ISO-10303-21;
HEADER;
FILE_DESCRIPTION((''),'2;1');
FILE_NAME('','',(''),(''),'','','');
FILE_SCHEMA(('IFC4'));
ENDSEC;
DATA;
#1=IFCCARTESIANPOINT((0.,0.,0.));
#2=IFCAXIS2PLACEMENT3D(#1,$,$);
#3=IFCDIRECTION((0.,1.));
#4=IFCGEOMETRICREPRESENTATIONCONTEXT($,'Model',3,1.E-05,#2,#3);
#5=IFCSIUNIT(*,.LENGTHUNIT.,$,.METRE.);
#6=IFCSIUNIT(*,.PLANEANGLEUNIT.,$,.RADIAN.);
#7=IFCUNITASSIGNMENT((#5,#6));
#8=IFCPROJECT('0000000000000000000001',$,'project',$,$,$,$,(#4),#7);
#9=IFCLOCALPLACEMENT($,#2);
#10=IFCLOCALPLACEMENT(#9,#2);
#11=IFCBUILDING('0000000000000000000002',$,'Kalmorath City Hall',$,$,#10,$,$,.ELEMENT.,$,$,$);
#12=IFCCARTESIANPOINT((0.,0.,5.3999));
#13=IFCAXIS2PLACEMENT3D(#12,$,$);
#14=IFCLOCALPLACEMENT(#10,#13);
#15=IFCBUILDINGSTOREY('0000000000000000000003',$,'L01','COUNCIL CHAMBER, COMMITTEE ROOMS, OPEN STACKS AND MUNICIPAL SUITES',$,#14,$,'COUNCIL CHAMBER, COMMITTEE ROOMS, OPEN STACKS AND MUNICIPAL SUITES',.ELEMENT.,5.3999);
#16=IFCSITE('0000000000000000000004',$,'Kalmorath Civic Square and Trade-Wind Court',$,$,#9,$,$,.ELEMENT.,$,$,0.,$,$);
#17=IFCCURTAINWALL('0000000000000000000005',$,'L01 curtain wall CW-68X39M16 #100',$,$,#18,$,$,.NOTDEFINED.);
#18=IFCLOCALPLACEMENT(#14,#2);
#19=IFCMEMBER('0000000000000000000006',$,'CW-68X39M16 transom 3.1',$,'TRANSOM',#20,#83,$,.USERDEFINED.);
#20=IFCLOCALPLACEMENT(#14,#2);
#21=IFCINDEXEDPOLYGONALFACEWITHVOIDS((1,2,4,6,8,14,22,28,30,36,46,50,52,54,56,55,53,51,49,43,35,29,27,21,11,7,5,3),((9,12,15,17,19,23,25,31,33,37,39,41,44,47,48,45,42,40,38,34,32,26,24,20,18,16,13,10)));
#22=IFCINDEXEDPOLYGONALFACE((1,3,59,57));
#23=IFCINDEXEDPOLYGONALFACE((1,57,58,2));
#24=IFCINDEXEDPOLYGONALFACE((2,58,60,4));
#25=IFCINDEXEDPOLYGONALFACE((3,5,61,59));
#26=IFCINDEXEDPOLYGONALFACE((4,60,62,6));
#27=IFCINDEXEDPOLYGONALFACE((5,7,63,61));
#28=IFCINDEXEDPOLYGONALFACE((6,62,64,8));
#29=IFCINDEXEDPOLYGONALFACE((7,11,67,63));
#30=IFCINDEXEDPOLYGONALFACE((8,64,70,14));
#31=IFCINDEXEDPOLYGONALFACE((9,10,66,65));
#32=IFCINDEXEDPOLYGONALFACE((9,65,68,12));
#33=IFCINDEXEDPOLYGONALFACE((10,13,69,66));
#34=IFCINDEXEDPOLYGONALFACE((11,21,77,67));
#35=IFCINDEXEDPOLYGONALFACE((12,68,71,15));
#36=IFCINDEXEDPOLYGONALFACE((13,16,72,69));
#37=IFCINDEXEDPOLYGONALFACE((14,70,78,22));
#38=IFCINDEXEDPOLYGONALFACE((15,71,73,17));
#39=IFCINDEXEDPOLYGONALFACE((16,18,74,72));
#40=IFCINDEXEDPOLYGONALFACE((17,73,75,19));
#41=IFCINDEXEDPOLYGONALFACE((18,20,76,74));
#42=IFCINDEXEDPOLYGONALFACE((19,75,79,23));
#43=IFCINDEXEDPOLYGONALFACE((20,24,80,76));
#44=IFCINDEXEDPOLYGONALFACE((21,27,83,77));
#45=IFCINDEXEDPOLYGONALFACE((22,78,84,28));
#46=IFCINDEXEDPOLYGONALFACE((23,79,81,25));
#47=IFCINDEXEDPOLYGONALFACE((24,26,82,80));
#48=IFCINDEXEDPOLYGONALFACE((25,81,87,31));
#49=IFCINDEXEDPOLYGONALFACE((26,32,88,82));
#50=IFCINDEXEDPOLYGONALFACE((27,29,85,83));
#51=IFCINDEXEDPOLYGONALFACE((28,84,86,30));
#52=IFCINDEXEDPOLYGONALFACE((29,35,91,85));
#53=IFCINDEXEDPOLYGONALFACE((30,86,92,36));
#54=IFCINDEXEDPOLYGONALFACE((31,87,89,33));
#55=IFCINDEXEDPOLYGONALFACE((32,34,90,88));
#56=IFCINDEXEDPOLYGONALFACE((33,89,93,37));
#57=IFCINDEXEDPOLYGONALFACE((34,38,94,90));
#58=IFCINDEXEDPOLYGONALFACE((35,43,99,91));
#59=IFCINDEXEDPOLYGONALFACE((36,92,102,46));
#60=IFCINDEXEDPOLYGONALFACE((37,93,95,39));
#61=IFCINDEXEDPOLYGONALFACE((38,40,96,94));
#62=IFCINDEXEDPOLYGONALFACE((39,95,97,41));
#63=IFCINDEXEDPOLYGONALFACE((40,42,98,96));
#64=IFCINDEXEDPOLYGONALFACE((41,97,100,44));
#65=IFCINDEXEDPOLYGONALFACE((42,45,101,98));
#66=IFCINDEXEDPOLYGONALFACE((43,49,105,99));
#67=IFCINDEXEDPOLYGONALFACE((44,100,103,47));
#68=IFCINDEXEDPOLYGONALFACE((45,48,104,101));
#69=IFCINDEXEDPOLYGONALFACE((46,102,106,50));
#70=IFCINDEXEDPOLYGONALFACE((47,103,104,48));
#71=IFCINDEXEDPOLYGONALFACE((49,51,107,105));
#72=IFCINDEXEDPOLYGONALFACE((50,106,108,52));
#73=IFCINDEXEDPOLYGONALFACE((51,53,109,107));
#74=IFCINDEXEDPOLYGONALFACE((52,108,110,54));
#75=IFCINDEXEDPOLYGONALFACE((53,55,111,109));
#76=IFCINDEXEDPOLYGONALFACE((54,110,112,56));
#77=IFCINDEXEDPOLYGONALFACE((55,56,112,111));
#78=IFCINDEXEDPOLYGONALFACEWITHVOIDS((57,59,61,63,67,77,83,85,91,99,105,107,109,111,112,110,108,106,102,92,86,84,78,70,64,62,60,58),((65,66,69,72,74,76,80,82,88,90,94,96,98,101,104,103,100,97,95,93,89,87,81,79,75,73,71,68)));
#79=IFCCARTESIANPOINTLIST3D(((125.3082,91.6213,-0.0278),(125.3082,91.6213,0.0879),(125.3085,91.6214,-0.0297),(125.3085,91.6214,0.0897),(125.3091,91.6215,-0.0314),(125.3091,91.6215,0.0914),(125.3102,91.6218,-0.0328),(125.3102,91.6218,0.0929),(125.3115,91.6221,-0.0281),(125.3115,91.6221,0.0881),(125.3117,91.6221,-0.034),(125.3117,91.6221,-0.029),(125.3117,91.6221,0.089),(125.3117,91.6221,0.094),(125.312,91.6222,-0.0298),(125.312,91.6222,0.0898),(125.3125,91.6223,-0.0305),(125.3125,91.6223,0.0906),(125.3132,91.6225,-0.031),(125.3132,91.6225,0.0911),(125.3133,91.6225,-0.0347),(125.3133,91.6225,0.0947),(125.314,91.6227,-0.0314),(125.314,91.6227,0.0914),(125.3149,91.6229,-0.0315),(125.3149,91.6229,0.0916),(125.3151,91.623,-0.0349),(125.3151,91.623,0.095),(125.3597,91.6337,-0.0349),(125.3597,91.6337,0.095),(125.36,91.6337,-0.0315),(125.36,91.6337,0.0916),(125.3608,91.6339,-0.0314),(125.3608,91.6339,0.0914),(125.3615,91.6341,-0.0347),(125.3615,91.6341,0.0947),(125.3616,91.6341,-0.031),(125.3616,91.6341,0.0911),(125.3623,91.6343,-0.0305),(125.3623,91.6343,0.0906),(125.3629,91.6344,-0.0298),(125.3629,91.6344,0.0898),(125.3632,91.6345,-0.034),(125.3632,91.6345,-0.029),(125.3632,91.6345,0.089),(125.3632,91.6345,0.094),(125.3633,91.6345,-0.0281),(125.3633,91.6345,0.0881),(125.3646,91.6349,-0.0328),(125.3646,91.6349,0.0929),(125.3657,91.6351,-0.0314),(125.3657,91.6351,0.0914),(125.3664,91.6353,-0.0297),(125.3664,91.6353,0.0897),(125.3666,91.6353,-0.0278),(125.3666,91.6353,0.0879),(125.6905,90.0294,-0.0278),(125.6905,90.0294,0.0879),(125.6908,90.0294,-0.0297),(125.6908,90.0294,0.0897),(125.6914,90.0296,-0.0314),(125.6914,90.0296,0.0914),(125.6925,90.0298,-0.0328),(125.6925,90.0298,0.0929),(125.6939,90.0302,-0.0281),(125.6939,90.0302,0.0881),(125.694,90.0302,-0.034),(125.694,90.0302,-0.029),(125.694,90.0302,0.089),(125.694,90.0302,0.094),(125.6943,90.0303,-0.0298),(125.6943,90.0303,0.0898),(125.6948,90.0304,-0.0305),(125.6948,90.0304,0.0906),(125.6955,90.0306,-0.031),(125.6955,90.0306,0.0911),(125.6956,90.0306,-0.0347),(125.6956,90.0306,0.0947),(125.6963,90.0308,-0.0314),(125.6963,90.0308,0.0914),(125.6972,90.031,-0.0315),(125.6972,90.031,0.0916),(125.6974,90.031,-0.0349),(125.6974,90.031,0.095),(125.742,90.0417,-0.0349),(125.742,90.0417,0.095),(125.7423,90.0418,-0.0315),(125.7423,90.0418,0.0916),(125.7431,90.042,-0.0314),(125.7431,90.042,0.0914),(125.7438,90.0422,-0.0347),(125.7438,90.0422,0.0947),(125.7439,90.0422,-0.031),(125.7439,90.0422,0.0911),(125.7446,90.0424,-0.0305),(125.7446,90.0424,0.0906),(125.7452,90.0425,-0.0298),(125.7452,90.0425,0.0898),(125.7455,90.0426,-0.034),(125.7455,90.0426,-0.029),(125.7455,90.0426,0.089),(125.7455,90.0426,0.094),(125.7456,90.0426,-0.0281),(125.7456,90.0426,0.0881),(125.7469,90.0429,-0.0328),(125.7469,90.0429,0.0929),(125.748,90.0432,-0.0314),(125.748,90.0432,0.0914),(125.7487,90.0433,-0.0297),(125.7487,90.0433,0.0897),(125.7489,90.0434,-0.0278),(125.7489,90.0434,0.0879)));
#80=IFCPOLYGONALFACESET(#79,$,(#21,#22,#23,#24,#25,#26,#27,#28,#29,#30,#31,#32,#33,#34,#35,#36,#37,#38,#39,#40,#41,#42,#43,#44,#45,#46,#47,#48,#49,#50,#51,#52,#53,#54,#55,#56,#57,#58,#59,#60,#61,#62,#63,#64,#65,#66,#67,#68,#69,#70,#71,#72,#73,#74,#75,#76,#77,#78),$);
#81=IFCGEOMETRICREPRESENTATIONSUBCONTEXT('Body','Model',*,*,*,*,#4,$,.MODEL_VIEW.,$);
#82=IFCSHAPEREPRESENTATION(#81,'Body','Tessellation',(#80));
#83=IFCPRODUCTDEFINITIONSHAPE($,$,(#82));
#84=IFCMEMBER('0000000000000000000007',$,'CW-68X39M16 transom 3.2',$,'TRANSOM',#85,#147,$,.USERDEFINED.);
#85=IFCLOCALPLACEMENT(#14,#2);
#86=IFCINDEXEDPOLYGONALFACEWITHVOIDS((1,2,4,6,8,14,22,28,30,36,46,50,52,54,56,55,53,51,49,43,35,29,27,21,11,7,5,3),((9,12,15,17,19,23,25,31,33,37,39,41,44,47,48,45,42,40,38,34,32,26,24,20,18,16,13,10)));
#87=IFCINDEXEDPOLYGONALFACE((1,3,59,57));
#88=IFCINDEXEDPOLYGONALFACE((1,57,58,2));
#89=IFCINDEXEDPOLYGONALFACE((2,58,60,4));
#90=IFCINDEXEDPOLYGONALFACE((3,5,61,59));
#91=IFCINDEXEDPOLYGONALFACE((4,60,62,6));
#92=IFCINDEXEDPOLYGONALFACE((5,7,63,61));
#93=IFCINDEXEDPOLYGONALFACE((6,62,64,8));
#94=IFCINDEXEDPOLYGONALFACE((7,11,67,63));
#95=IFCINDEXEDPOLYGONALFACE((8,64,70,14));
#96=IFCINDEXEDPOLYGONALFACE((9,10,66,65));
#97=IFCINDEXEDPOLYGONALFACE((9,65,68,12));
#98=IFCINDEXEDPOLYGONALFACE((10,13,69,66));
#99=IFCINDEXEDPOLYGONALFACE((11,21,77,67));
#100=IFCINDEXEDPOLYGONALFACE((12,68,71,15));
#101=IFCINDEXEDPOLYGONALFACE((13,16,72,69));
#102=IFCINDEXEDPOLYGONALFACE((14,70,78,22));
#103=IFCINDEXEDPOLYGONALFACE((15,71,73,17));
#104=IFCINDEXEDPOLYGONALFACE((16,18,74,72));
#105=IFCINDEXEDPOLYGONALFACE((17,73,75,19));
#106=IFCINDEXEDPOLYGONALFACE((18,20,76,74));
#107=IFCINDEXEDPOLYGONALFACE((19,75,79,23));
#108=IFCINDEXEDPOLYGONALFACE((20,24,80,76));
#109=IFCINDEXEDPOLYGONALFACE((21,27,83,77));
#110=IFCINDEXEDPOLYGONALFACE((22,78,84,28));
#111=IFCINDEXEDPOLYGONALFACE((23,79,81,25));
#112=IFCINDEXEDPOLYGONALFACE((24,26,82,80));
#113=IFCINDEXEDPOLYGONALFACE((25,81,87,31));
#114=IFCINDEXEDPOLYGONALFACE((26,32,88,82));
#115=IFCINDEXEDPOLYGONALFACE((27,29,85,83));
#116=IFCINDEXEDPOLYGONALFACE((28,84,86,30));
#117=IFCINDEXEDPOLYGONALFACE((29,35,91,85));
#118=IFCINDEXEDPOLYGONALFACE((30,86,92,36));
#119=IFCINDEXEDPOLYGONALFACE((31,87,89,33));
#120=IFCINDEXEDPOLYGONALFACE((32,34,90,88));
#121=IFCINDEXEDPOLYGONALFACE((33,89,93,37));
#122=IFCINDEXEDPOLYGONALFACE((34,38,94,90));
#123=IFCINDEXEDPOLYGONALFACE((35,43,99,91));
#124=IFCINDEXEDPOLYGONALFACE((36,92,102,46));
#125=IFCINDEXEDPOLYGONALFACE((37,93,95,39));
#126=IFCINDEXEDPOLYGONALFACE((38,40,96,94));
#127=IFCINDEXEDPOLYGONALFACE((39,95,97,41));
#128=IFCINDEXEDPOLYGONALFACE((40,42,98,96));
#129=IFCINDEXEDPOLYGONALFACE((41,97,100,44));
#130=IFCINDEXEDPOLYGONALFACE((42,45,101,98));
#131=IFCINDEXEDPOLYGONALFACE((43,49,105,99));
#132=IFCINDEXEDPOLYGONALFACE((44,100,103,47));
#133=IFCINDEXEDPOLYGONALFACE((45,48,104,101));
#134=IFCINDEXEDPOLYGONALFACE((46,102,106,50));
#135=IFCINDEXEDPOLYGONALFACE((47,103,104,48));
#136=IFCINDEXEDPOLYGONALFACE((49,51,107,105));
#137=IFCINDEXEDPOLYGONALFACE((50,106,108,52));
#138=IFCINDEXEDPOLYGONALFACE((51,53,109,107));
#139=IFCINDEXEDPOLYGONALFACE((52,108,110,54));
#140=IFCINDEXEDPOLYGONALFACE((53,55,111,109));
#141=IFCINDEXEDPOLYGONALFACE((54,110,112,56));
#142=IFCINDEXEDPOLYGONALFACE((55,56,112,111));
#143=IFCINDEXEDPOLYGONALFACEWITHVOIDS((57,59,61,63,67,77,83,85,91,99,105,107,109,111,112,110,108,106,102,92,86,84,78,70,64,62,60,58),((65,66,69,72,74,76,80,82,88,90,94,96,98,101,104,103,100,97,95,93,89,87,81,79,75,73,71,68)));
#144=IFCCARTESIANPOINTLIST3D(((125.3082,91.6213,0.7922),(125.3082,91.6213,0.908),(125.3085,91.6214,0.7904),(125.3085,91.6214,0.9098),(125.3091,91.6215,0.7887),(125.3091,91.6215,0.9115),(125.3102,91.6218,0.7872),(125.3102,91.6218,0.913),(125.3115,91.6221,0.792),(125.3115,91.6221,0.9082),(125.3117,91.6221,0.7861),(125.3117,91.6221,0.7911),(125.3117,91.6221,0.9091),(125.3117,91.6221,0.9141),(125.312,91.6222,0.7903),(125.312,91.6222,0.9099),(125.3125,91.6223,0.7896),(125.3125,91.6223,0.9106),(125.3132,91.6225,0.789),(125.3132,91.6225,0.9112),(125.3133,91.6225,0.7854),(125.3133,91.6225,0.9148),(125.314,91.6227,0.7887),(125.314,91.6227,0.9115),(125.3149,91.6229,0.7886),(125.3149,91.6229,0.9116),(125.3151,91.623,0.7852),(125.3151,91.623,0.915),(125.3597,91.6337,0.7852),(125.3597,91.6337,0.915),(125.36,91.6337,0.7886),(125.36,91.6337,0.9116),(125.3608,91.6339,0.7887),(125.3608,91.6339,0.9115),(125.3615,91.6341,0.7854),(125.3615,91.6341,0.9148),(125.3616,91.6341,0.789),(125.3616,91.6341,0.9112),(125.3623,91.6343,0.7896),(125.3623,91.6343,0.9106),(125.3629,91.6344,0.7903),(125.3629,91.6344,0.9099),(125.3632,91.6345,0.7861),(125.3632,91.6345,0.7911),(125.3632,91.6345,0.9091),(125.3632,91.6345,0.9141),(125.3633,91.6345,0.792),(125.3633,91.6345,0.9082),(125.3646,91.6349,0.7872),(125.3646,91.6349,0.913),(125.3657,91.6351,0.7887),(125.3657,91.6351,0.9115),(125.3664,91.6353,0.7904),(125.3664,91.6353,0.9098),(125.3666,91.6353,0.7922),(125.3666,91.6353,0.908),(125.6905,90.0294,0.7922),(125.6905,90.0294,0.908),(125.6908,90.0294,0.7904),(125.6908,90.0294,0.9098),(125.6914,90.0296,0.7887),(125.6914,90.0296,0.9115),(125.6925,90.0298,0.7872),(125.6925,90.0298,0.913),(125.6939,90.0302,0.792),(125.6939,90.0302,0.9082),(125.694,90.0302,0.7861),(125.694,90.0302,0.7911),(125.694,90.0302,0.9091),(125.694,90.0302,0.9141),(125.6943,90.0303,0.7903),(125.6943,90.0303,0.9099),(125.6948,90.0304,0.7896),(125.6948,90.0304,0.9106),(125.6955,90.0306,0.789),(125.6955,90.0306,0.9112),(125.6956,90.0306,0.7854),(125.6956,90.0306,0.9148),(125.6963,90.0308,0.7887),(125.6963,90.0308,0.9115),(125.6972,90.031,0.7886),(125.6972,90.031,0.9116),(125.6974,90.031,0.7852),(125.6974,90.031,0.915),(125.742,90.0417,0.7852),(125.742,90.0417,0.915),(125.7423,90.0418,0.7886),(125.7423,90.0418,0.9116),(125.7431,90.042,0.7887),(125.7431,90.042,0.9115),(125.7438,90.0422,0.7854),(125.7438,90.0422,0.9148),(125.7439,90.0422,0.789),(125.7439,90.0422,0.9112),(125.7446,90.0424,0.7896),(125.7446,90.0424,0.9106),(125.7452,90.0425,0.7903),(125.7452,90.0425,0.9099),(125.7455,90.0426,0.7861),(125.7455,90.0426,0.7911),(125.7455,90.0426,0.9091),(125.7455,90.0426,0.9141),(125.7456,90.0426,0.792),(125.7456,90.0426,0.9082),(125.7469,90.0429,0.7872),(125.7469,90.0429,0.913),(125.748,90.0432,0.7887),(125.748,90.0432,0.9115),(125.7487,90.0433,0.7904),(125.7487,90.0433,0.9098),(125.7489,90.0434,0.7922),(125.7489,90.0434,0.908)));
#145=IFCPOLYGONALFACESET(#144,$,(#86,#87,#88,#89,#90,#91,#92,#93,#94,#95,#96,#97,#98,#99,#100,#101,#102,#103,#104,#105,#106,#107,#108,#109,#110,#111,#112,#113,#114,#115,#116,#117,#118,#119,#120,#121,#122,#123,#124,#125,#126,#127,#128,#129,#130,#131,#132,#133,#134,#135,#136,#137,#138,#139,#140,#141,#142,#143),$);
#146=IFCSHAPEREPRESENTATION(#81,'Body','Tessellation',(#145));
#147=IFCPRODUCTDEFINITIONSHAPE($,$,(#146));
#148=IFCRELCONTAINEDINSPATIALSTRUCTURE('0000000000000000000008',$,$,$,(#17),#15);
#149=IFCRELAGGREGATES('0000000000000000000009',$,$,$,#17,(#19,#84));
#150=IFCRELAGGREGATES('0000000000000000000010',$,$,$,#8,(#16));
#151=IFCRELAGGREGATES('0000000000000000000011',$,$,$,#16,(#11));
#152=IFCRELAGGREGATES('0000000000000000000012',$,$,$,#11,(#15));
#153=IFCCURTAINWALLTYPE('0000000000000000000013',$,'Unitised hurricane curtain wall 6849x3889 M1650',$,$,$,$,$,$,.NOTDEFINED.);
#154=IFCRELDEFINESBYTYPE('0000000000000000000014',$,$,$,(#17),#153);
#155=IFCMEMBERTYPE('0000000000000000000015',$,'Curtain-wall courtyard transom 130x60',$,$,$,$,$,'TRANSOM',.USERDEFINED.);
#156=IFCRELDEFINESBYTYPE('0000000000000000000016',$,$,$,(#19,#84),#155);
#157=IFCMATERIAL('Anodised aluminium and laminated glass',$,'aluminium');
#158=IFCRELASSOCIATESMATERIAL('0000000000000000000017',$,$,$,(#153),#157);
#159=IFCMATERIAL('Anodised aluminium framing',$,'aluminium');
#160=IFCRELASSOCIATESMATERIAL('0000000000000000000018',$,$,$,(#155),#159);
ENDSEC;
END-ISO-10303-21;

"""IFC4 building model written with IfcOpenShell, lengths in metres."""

from ifc_helpers import new_model, si_unit, direction, frame, origin, origin_2d, place, context, subcontext, project, spatial, hollow_rectangle, extrude, material, material_profile, profile_set, type_object, element, aggregate, save


model = new_model("IFC4")

# Units and contexts
model_context = context("Model", 3, precision=1e-05, world=origin(), true_north=direction((0.0, 1.0)))
body_context = subcontext(model_context, "Body", "Model", "MODEL_VIEW")
ifc_project = project(units=[si_unit("LENGTHUNIT", "METRE"), si_unit("PLANEANGLEUNIT", "RADIAN")], contexts=[model_context])

# Site, building, storey
site_placement = place(None, origin())
site = spatial("IfcSite", under=ifc_project, at=site_placement, Name="Kalmorath Civic Square and Trade-Wind Court", CompositionType="ELEMENT", RefElevation=0.0)
building_placement = place(site_placement, origin())
building = spatial("IfcBuilding", under=site, at=building_placement, Name="Kalmorath City Hall", CompositionType="ELEMENT")
storey_placement = place(building_placement, frame((0.0, 0.0, 5.3999)))
storey = spatial("IfcBuildingStorey", under=building, at=storey_placement, Name="L01", Description="COUNCIL CHAMBER, COMMITTEE ROOMS, OPEN STACKS AND MUNICIPAL SUITES", LongName="COUNCIL CHAMBER, COMMITTEE ROOMS, OPEN STACKS AND MUNICIPAL SUITES", CompositionType="ELEMENT", Elevation=5.3999)

# Curtain wall, members
ifc_material_1 = material(Name="Anodised aluminium and laminated glass", Category="aluminium")
curtain_wall_type = type_object("IfcCurtainWallType", Name="Unitised hurricane curtain wall 6849x3889 M1650", PredefinedType="NOTDEFINED", material=ifc_material_1)
curtain_wall_placement = place(storey_placement, origin())
curtain_wall = element("IfcCurtainWall", 1, at=curtain_wall_placement, inside=storey, type_object=curtain_wall_type, Name="L01 curtain wall CW-68X39M16 #100", PredefinedType="NOTDEFINED")
ifc_material_2 = material(Name="Anodised aluminium framing", Category="aluminium")
ifc_material_profile_1 = material_profile(ifc_material_2, hollow_rectangle(XDim=0.0601, YDim=0.1299, WallThickness=0.0034, InnerFilletRadius=0.0034, OuterFilletRadius=0.0071, at=origin_2d()), Name="ALU-TRN-130X60X3.5")
ifc_profile_set_1 = profile_set([ifc_material_profile_1], Name="Anodised aluminium framing")
member_type_1 = type_object("IfcMemberType", Name="Curtain-wall courtyard transom 130x60", ElementType="TRANSOM", PredefinedType="USERDEFINED", material=ifc_profile_set_1)
member_1_placement = place(storey_placement, frame((125.7197, 90.0364, 0.03), z_axis=(-0.233508, 0.972355, 0.0), x_axis=(-0.972355, -0.233508, 0.0)))
member_1 = element("IfcMember", 2, at=member_1_placement, type_object=member_type_1, Name="CW-68X39M16 transom 3.1", ObjectType="TRANSOM", PredefinedType="USERDEFINED", context=body_context, shape_type="SweptSolid", body=[
    extrude(hollow_rectangle(XDim=0.0601, YDim=0.1299, WallThickness=0.0034, InnerFilletRadius=0.0034, OuterFilletRadius=0.0071, at=origin_2d()), origin(), (0.0, 0.0, 1.0), 1.6372),
])
member_2_placement = place(storey_placement, frame((125.7197, 90.0364, 0.8501), z_axis=(-0.233508, 0.972355, 0.0), x_axis=(-0.972355, -0.233508, 0.0)))
member_2 = element("IfcMember", 3, at=member_2_placement, type_object=member_type_1, Name="CW-68X39M16 transom 3.2", ObjectType="TRANSOM", PredefinedType="USERDEFINED", context=body_context, shape_type="SweptSolid", body=[
    extrude(hollow_rectangle(XDim=0.0601, YDim=0.1299, WallThickness=0.0034, InnerFilletRadius=0.0034, OuterFilletRadius=0.0071, at=origin_2d()), origin(), (0.0, 0.0, 1.0), 1.6372),
])

aggregate(curtain_wall, [member_1, member_2])

save(model, "model.ifc")
